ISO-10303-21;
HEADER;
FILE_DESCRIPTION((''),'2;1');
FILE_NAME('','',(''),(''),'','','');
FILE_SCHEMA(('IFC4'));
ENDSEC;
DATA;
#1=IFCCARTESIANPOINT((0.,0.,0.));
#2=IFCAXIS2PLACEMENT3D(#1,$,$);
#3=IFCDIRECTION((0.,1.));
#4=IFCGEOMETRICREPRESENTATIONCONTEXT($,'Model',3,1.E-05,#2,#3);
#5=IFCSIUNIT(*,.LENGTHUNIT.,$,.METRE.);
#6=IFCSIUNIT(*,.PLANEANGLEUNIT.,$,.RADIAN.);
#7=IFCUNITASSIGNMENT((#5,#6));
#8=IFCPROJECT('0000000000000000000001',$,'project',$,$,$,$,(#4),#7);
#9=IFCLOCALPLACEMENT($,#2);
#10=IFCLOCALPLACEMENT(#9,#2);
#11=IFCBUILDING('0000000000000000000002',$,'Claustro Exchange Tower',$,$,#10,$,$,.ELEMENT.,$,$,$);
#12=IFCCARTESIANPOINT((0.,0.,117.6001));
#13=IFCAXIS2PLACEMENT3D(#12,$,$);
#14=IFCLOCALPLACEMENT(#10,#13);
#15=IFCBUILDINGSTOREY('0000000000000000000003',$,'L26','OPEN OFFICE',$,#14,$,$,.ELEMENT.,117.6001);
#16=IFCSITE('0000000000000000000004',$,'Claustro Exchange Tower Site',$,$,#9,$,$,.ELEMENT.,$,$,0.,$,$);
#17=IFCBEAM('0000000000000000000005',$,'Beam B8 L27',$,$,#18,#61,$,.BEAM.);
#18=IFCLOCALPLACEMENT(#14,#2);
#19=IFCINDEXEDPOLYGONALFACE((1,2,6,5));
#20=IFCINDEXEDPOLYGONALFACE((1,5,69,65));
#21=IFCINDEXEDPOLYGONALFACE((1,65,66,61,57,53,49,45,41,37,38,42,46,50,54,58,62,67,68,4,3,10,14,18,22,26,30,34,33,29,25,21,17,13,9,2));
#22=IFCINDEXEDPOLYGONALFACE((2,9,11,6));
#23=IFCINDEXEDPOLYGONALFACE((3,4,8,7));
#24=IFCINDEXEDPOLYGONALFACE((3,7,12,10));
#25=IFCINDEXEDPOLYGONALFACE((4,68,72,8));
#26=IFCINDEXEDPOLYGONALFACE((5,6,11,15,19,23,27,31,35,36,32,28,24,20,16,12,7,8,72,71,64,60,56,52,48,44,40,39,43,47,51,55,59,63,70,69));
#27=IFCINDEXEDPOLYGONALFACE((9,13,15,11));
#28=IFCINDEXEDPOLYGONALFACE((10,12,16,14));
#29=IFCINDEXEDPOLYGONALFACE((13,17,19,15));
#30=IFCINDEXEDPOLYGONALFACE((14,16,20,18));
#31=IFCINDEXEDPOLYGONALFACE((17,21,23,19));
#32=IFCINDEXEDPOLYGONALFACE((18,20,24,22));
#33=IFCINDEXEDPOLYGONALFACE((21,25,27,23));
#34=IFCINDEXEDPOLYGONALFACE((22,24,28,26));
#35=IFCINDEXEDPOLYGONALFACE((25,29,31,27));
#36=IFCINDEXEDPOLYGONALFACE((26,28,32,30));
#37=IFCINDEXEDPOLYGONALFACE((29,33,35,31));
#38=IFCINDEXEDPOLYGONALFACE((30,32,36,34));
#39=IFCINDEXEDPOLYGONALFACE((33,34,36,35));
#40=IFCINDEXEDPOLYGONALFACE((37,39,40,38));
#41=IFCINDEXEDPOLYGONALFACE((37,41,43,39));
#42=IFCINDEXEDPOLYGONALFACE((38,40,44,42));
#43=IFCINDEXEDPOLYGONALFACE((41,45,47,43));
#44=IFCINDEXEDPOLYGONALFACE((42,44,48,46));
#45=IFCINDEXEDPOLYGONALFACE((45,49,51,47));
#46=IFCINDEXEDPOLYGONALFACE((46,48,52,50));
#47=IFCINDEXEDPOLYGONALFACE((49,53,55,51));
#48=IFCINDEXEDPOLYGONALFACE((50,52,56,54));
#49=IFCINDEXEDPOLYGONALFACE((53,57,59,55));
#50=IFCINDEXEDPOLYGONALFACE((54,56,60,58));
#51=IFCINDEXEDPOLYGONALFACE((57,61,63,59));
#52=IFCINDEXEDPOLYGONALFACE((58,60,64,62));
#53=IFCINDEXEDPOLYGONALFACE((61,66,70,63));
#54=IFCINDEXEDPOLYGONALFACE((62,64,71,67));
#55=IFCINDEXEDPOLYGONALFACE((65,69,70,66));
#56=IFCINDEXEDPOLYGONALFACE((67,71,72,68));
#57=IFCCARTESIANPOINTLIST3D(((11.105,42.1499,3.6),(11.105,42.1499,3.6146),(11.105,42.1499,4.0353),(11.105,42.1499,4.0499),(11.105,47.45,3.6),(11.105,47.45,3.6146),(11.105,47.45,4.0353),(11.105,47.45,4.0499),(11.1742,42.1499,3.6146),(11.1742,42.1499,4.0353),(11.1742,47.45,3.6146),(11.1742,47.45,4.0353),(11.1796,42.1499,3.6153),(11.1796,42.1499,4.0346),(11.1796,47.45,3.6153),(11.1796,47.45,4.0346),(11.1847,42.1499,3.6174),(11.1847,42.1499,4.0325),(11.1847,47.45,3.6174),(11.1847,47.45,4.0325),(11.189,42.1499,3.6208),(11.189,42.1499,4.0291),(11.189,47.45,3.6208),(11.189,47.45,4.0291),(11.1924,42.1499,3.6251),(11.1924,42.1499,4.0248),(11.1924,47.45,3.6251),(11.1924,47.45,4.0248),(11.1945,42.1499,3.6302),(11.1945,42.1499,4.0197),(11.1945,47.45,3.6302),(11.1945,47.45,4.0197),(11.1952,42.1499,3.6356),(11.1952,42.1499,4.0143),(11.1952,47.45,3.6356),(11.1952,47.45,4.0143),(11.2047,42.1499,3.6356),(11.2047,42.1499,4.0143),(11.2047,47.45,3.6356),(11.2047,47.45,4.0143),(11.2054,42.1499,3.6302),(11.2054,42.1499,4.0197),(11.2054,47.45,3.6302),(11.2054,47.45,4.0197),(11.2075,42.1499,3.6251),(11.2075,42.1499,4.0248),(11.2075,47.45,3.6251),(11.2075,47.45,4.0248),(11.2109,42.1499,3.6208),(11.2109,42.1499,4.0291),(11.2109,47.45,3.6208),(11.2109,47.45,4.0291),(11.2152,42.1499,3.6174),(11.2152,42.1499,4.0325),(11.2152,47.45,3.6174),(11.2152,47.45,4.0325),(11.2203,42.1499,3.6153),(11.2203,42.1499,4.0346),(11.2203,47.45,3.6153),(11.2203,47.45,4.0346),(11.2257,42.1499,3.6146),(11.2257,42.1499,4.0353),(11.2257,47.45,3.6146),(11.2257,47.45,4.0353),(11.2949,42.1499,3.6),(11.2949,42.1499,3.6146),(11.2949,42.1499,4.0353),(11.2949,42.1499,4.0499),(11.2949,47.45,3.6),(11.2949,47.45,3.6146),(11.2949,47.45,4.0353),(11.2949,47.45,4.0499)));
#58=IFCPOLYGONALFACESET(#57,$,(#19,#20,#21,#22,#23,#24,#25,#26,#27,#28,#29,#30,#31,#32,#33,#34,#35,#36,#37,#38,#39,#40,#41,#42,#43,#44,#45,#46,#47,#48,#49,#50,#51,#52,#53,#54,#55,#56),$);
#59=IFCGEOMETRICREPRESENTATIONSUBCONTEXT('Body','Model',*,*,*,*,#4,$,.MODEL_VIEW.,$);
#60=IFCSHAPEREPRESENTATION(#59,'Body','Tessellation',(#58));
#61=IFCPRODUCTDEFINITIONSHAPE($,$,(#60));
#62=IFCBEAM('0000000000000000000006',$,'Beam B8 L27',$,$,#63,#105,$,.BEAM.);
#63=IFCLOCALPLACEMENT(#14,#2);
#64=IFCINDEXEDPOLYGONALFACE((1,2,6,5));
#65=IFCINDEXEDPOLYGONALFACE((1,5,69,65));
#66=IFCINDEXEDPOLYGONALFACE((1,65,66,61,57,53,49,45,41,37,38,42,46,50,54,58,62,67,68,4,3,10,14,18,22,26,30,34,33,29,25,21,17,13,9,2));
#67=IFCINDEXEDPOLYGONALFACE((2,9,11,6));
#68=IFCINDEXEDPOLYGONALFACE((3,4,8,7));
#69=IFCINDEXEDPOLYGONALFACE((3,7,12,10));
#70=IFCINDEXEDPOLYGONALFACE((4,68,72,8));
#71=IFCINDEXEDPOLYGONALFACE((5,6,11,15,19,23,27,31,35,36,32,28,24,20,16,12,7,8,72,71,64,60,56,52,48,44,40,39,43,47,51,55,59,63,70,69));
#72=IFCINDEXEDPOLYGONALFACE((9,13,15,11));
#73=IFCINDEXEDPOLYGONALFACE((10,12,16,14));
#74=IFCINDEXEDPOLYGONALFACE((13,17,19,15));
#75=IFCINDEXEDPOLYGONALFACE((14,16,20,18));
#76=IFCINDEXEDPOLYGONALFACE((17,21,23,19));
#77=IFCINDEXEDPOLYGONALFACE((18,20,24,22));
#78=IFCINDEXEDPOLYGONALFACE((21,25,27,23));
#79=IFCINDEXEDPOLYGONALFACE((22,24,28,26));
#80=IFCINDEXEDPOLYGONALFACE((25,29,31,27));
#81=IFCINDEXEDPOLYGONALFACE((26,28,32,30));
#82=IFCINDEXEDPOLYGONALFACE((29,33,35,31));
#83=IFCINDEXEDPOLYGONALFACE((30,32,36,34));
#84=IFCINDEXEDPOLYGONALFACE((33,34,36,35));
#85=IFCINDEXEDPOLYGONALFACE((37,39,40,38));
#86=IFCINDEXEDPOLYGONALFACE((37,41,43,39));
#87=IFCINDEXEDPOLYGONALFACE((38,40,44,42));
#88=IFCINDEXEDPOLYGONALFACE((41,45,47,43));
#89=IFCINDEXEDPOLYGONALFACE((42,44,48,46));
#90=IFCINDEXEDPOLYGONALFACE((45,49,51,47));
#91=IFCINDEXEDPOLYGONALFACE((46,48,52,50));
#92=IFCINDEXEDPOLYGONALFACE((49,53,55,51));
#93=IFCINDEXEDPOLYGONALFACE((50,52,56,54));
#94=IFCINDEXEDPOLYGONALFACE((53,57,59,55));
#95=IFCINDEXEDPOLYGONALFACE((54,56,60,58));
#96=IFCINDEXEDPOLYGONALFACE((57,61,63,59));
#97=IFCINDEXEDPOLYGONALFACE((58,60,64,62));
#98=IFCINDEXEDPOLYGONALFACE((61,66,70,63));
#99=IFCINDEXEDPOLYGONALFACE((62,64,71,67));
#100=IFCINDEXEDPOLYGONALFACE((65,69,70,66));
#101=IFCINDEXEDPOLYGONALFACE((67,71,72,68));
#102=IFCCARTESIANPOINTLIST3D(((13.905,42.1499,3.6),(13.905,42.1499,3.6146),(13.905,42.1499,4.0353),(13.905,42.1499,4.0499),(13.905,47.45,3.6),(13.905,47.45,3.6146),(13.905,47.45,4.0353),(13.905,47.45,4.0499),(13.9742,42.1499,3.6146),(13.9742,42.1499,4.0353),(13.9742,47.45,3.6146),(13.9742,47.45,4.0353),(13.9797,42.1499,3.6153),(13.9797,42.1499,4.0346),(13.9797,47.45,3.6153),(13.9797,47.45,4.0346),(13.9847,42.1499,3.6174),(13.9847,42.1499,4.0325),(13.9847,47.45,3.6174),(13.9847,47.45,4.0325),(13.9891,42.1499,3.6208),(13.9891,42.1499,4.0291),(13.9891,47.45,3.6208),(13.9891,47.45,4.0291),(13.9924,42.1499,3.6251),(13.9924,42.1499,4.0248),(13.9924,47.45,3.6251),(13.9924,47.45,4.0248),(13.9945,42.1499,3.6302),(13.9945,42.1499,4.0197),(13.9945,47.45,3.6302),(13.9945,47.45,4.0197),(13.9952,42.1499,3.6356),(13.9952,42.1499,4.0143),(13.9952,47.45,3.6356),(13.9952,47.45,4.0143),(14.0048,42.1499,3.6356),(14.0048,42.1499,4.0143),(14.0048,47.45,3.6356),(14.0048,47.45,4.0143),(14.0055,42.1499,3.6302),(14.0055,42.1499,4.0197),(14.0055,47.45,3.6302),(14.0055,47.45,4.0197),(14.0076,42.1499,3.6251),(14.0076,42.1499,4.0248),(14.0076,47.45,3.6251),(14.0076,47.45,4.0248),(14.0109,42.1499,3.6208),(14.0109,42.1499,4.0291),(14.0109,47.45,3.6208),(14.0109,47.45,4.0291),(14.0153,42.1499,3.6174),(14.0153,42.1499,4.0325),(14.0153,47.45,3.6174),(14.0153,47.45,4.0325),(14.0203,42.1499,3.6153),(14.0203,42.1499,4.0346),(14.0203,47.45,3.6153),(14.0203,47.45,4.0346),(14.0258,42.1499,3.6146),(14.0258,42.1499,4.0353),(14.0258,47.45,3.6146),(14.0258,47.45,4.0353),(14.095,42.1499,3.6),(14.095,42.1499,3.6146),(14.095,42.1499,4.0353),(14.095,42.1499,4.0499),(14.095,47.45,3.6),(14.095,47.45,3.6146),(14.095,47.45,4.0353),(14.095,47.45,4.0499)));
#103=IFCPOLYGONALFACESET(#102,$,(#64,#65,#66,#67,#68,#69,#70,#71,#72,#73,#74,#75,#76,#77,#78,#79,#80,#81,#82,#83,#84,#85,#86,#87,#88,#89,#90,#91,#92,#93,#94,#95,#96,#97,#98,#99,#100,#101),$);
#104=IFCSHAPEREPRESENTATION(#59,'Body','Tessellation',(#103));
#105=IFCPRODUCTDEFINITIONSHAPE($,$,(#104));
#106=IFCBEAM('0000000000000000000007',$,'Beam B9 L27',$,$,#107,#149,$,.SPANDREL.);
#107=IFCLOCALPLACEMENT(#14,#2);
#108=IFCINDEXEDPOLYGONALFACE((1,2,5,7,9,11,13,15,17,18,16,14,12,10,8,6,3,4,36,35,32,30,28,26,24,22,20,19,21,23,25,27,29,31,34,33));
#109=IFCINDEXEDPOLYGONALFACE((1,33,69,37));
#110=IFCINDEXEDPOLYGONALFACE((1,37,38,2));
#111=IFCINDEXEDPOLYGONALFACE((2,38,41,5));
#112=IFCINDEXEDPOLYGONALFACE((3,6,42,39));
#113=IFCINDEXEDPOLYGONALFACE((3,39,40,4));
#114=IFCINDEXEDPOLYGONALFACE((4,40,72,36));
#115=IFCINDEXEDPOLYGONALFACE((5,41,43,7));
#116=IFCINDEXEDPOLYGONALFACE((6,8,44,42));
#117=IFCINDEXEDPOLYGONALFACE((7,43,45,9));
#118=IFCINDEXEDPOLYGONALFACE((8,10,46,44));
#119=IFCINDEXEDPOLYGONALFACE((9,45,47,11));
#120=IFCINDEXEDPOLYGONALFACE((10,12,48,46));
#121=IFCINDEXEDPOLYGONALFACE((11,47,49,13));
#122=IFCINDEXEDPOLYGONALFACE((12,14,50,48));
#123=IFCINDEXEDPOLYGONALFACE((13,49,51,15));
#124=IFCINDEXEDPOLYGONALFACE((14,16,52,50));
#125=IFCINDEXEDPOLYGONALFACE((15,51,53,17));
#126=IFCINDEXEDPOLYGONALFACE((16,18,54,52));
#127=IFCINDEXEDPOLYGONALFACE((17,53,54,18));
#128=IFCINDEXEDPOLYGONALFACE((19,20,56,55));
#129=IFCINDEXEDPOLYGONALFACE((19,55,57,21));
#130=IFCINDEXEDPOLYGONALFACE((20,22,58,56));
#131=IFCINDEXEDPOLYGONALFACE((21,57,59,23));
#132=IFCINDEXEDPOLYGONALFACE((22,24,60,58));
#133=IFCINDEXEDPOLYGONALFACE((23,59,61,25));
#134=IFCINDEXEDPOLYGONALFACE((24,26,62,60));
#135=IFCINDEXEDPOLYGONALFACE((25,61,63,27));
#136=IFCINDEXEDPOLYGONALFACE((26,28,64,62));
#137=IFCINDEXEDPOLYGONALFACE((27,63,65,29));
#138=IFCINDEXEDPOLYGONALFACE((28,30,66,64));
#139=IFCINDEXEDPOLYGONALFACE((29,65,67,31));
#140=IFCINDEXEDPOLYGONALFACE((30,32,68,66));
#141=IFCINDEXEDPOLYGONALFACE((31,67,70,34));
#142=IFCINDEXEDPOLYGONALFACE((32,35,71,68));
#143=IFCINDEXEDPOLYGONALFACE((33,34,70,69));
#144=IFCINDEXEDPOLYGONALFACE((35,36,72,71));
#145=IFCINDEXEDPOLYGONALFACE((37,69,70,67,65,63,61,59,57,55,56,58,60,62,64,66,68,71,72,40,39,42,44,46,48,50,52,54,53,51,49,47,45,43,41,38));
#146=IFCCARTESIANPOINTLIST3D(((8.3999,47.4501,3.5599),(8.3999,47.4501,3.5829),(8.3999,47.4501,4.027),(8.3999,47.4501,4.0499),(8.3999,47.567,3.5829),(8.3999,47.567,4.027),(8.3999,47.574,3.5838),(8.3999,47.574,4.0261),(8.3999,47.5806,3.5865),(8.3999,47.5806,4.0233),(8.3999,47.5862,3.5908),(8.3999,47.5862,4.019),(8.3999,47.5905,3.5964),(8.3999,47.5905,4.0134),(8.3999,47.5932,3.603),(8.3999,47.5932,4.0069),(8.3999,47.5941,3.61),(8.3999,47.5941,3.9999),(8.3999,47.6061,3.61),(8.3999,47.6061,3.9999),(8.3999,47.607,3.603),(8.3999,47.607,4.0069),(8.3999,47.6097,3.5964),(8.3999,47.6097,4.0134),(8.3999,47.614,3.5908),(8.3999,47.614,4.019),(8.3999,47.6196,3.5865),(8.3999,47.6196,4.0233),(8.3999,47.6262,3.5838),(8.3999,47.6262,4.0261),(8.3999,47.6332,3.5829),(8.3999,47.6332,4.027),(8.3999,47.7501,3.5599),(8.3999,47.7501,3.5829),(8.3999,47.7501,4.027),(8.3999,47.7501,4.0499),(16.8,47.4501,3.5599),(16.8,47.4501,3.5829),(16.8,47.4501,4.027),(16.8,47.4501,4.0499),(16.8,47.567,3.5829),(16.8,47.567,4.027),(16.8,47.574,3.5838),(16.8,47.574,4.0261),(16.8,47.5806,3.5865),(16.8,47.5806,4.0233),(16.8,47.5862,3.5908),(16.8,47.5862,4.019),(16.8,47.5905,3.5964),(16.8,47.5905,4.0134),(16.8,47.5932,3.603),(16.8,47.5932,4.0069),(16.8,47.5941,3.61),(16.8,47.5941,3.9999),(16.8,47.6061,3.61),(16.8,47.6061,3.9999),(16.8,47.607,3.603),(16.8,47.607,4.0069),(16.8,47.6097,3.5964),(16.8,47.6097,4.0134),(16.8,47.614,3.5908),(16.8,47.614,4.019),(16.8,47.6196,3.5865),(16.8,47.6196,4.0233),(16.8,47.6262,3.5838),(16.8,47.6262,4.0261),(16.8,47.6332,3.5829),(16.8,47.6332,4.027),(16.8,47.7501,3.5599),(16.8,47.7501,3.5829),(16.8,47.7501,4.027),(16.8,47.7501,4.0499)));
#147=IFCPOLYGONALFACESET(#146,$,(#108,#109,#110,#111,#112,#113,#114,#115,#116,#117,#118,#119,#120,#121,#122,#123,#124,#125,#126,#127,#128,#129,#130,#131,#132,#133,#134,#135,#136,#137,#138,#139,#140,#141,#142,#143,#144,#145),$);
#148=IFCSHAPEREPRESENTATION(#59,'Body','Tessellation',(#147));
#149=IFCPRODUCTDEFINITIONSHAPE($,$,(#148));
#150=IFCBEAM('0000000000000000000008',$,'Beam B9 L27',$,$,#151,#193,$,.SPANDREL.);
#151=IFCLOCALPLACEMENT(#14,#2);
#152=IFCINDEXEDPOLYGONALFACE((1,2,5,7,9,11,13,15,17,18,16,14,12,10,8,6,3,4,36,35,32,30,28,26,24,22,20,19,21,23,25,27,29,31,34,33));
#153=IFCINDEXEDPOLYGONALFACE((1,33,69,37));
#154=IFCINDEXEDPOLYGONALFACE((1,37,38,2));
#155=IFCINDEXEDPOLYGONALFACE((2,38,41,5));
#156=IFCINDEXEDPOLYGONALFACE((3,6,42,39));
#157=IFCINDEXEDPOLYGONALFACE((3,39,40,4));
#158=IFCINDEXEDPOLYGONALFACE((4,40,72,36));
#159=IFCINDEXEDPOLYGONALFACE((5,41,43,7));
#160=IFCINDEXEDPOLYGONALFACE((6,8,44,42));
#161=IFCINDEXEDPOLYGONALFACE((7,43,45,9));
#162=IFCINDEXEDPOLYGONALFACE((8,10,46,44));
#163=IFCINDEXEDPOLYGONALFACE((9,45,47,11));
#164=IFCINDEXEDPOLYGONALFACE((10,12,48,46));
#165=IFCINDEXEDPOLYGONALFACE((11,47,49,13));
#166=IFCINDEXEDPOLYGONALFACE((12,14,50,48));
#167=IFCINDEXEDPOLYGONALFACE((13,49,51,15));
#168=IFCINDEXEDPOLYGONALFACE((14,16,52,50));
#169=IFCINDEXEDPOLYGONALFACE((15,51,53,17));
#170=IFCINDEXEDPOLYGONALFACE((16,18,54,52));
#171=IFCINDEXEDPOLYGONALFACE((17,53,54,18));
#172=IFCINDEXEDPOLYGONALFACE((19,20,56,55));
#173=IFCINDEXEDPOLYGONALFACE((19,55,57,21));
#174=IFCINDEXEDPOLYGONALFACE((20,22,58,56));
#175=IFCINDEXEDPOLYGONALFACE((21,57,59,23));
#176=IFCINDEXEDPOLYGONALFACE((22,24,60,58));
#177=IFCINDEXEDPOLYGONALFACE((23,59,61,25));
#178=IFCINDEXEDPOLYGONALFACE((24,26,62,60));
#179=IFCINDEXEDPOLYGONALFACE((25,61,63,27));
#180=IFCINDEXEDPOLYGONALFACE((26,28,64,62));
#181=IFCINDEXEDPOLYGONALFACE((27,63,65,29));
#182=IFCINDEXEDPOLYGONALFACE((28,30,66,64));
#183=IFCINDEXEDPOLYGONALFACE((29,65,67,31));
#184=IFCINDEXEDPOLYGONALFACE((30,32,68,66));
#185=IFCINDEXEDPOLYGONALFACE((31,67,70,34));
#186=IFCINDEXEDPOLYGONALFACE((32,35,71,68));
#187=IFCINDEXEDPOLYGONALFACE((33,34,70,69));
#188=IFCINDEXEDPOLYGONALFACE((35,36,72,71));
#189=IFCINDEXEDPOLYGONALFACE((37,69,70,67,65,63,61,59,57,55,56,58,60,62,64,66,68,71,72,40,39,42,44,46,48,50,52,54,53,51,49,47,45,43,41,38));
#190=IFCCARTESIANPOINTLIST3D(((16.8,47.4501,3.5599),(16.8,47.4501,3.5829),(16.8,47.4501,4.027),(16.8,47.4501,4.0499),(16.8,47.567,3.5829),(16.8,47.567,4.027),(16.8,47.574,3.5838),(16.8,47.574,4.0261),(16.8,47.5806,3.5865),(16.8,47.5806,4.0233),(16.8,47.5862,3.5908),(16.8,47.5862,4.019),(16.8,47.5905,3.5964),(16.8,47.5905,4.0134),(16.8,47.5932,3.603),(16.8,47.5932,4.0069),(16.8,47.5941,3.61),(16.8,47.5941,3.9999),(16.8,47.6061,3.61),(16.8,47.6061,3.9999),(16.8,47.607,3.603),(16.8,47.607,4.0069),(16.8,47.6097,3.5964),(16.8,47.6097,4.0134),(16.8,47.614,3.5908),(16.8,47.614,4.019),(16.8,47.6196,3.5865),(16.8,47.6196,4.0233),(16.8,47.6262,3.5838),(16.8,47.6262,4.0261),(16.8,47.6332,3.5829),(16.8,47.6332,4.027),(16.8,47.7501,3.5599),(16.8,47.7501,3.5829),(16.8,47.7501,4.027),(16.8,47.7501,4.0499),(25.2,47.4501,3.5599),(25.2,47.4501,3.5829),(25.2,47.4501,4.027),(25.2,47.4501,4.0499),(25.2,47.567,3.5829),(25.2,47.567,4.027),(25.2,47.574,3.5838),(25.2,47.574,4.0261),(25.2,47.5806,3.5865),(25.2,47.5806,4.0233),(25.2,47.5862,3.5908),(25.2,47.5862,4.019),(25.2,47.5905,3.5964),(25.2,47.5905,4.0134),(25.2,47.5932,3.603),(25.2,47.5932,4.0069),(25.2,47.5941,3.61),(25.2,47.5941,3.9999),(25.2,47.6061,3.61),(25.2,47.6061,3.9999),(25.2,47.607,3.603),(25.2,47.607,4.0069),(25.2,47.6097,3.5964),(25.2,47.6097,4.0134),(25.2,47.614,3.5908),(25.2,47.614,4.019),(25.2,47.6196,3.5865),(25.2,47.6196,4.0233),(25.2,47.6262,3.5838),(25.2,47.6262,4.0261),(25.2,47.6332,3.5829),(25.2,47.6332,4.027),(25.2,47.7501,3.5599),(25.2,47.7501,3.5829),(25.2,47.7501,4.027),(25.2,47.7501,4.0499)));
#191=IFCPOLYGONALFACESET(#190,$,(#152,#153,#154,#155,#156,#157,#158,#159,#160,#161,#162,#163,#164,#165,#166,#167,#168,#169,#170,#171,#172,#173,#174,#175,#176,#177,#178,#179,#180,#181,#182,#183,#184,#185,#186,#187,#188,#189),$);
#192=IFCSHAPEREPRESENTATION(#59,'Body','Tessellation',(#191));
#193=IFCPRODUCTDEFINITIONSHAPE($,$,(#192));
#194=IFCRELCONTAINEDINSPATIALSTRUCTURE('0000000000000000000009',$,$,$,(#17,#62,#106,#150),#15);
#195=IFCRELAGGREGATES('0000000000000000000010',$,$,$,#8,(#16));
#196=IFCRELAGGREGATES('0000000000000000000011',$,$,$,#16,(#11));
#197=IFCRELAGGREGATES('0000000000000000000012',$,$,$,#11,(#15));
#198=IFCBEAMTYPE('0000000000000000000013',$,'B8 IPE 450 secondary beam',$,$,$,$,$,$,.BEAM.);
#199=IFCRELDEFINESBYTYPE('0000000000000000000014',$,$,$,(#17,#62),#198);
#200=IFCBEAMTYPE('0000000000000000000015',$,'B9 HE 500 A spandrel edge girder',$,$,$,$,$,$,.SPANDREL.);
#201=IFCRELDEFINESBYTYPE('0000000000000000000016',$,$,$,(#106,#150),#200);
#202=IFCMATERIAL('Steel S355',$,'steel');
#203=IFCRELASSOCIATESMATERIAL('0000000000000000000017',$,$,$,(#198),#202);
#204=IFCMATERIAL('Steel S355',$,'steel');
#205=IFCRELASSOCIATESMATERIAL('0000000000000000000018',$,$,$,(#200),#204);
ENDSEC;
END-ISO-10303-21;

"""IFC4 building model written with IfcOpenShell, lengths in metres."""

from ifc_helpers import new_model, si_unit, direction, frame, origin, origin_2d, place, context, subcontext, project, spatial, i_section, extrude, material, material_profile, profile_set, type_object, element, save


model = new_model("IFC4")

# Units and contexts
model_context = context("Model", 3, precision=1e-05, world=origin(), true_north=direction((0.0, 1.0)))
body_context = subcontext(model_context, "Body", "Model", "MODEL_VIEW")
ifc_project = project(units=[si_unit("LENGTHUNIT", "METRE"), si_unit("PLANEANGLEUNIT", "RADIAN")], contexts=[model_context])

# Site, building, storey
site_placement = place(None, origin())
site = spatial("IfcSite", under=ifc_project, at=site_placement, Name="Claustro Exchange Tower Site", CompositionType="ELEMENT", RefElevation=0.0)
building_placement = place(site_placement, origin())
building = spatial("IfcBuilding", under=site, at=building_placement, Name="Claustro Exchange Tower", CompositionType="ELEMENT")
storey_placement = place(building_placement, frame((0.0, 0.0, 117.6001)))
storey = spatial("IfcBuildingStorey", under=building, at=storey_placement, Name="L26", Description="OPEN OFFICE", CompositionType="ELEMENT", Elevation=117.6001)

# Beams
ifc_material_1 = material(Name="Steel S355", Category="steel")
ifc_material_profile_1 = material_profile(ifc_material_1, i_section(OverallWidth=0.1899, OverallDepth=0.45, WebThickness=0.0095, FlangeThickness=0.0146, FilletRadius=0.021, at=origin_2d()), Name="IPE 450")
ifc_profile_set_1 = profile_set([ifc_material_profile_1], Name="Steel S355")
beam_type_1 = type_object("IfcBeamType", Name="B8 IPE 450 secondary beam", PredefinedType="BEAM", material=ifc_profile_set_1)
for number, where, z_axis, x_axis, name in (
    (1, (11.2, 42.1499, 3.825), (0.0, 1.0, 0.0), (-1.0, 0.0, 0.0), "Beam B8 L27"),
    (2, (14.0, 42.1499, 3.825), (0.0, 1.0, 0.0), (-1.0, 0.0, 0.0), "Beam B8 L27"),
):
    element("IfcBeam", number, at=place(storey_placement, frame(where, z_axis=z_axis, x_axis=x_axis)), inside=storey, type_object=beam_type_1, Name=name, PredefinedType="BEAM", context=body_context, shape_type="SweptSolid", body=[
        extrude(i_section(OverallWidth=0.1899, OverallDepth=0.45, WebThickness=0.0095, FlangeThickness=0.0146, FilletRadius=0.021, at=origin_2d()), origin(), (0.0, 0.0, 1.0), 5.3),
    ])
ifc_material_2 = material(Name="Steel S355", Category="steel")
ifc_material_profile_2 = material_profile(ifc_material_2, i_section(OverallWidth=0.3, OverallDepth=0.49, WebThickness=0.012, FlangeThickness=0.0229, FilletRadius=0.0271, at=origin_2d()), Name="HE 500 A")
ifc_profile_set_2 = profile_set([ifc_material_profile_2], Name="Steel S355")
beam_type_2 = type_object("IfcBeamType", Name="B9 HE 500 A spandrel edge girder", PredefinedType="SPANDREL", material=ifc_profile_set_2)
beam_1_placement = place(storey_placement, frame((8.3999, 47.6001, 3.8049), z_axis=(1.0, 0.0, 0.0), x_axis=(0.0, 1.0, 0.0)))
element("IfcBeam", 3, at=beam_1_placement, inside=storey, type_object=beam_type_2, Name="Beam B9 L27", PredefinedType="SPANDREL", context=body_context, shape_type="SweptSolid", body=[
    extrude(i_section(OverallWidth=0.3, OverallDepth=0.49, WebThickness=0.012, FlangeThickness=0.0229, FilletRadius=0.0271, at=origin_2d()), origin(), (0.0, 0.0, 1.0), 8.4001),
])
beam_2_placement = place(storey_placement, frame((16.8, 47.6001, 3.8049), z_axis=(1.0, 0.0, 0.0), x_axis=(0.0, 1.0, 0.0)))
element("IfcBeam", 4, at=beam_2_placement, inside=storey, type_object=beam_type_2, Name="Beam B9 L27", PredefinedType="SPANDREL", context=body_context, shape_type="SweptSolid", body=[
    extrude(i_section(OverallWidth=0.3, OverallDepth=0.49, WebThickness=0.012, FlangeThickness=0.0229, FilletRadius=0.0271, at=origin_2d()), origin(), (0.0, 0.0, 1.0), 8.3999),
])

save(model, "model.ifc")
